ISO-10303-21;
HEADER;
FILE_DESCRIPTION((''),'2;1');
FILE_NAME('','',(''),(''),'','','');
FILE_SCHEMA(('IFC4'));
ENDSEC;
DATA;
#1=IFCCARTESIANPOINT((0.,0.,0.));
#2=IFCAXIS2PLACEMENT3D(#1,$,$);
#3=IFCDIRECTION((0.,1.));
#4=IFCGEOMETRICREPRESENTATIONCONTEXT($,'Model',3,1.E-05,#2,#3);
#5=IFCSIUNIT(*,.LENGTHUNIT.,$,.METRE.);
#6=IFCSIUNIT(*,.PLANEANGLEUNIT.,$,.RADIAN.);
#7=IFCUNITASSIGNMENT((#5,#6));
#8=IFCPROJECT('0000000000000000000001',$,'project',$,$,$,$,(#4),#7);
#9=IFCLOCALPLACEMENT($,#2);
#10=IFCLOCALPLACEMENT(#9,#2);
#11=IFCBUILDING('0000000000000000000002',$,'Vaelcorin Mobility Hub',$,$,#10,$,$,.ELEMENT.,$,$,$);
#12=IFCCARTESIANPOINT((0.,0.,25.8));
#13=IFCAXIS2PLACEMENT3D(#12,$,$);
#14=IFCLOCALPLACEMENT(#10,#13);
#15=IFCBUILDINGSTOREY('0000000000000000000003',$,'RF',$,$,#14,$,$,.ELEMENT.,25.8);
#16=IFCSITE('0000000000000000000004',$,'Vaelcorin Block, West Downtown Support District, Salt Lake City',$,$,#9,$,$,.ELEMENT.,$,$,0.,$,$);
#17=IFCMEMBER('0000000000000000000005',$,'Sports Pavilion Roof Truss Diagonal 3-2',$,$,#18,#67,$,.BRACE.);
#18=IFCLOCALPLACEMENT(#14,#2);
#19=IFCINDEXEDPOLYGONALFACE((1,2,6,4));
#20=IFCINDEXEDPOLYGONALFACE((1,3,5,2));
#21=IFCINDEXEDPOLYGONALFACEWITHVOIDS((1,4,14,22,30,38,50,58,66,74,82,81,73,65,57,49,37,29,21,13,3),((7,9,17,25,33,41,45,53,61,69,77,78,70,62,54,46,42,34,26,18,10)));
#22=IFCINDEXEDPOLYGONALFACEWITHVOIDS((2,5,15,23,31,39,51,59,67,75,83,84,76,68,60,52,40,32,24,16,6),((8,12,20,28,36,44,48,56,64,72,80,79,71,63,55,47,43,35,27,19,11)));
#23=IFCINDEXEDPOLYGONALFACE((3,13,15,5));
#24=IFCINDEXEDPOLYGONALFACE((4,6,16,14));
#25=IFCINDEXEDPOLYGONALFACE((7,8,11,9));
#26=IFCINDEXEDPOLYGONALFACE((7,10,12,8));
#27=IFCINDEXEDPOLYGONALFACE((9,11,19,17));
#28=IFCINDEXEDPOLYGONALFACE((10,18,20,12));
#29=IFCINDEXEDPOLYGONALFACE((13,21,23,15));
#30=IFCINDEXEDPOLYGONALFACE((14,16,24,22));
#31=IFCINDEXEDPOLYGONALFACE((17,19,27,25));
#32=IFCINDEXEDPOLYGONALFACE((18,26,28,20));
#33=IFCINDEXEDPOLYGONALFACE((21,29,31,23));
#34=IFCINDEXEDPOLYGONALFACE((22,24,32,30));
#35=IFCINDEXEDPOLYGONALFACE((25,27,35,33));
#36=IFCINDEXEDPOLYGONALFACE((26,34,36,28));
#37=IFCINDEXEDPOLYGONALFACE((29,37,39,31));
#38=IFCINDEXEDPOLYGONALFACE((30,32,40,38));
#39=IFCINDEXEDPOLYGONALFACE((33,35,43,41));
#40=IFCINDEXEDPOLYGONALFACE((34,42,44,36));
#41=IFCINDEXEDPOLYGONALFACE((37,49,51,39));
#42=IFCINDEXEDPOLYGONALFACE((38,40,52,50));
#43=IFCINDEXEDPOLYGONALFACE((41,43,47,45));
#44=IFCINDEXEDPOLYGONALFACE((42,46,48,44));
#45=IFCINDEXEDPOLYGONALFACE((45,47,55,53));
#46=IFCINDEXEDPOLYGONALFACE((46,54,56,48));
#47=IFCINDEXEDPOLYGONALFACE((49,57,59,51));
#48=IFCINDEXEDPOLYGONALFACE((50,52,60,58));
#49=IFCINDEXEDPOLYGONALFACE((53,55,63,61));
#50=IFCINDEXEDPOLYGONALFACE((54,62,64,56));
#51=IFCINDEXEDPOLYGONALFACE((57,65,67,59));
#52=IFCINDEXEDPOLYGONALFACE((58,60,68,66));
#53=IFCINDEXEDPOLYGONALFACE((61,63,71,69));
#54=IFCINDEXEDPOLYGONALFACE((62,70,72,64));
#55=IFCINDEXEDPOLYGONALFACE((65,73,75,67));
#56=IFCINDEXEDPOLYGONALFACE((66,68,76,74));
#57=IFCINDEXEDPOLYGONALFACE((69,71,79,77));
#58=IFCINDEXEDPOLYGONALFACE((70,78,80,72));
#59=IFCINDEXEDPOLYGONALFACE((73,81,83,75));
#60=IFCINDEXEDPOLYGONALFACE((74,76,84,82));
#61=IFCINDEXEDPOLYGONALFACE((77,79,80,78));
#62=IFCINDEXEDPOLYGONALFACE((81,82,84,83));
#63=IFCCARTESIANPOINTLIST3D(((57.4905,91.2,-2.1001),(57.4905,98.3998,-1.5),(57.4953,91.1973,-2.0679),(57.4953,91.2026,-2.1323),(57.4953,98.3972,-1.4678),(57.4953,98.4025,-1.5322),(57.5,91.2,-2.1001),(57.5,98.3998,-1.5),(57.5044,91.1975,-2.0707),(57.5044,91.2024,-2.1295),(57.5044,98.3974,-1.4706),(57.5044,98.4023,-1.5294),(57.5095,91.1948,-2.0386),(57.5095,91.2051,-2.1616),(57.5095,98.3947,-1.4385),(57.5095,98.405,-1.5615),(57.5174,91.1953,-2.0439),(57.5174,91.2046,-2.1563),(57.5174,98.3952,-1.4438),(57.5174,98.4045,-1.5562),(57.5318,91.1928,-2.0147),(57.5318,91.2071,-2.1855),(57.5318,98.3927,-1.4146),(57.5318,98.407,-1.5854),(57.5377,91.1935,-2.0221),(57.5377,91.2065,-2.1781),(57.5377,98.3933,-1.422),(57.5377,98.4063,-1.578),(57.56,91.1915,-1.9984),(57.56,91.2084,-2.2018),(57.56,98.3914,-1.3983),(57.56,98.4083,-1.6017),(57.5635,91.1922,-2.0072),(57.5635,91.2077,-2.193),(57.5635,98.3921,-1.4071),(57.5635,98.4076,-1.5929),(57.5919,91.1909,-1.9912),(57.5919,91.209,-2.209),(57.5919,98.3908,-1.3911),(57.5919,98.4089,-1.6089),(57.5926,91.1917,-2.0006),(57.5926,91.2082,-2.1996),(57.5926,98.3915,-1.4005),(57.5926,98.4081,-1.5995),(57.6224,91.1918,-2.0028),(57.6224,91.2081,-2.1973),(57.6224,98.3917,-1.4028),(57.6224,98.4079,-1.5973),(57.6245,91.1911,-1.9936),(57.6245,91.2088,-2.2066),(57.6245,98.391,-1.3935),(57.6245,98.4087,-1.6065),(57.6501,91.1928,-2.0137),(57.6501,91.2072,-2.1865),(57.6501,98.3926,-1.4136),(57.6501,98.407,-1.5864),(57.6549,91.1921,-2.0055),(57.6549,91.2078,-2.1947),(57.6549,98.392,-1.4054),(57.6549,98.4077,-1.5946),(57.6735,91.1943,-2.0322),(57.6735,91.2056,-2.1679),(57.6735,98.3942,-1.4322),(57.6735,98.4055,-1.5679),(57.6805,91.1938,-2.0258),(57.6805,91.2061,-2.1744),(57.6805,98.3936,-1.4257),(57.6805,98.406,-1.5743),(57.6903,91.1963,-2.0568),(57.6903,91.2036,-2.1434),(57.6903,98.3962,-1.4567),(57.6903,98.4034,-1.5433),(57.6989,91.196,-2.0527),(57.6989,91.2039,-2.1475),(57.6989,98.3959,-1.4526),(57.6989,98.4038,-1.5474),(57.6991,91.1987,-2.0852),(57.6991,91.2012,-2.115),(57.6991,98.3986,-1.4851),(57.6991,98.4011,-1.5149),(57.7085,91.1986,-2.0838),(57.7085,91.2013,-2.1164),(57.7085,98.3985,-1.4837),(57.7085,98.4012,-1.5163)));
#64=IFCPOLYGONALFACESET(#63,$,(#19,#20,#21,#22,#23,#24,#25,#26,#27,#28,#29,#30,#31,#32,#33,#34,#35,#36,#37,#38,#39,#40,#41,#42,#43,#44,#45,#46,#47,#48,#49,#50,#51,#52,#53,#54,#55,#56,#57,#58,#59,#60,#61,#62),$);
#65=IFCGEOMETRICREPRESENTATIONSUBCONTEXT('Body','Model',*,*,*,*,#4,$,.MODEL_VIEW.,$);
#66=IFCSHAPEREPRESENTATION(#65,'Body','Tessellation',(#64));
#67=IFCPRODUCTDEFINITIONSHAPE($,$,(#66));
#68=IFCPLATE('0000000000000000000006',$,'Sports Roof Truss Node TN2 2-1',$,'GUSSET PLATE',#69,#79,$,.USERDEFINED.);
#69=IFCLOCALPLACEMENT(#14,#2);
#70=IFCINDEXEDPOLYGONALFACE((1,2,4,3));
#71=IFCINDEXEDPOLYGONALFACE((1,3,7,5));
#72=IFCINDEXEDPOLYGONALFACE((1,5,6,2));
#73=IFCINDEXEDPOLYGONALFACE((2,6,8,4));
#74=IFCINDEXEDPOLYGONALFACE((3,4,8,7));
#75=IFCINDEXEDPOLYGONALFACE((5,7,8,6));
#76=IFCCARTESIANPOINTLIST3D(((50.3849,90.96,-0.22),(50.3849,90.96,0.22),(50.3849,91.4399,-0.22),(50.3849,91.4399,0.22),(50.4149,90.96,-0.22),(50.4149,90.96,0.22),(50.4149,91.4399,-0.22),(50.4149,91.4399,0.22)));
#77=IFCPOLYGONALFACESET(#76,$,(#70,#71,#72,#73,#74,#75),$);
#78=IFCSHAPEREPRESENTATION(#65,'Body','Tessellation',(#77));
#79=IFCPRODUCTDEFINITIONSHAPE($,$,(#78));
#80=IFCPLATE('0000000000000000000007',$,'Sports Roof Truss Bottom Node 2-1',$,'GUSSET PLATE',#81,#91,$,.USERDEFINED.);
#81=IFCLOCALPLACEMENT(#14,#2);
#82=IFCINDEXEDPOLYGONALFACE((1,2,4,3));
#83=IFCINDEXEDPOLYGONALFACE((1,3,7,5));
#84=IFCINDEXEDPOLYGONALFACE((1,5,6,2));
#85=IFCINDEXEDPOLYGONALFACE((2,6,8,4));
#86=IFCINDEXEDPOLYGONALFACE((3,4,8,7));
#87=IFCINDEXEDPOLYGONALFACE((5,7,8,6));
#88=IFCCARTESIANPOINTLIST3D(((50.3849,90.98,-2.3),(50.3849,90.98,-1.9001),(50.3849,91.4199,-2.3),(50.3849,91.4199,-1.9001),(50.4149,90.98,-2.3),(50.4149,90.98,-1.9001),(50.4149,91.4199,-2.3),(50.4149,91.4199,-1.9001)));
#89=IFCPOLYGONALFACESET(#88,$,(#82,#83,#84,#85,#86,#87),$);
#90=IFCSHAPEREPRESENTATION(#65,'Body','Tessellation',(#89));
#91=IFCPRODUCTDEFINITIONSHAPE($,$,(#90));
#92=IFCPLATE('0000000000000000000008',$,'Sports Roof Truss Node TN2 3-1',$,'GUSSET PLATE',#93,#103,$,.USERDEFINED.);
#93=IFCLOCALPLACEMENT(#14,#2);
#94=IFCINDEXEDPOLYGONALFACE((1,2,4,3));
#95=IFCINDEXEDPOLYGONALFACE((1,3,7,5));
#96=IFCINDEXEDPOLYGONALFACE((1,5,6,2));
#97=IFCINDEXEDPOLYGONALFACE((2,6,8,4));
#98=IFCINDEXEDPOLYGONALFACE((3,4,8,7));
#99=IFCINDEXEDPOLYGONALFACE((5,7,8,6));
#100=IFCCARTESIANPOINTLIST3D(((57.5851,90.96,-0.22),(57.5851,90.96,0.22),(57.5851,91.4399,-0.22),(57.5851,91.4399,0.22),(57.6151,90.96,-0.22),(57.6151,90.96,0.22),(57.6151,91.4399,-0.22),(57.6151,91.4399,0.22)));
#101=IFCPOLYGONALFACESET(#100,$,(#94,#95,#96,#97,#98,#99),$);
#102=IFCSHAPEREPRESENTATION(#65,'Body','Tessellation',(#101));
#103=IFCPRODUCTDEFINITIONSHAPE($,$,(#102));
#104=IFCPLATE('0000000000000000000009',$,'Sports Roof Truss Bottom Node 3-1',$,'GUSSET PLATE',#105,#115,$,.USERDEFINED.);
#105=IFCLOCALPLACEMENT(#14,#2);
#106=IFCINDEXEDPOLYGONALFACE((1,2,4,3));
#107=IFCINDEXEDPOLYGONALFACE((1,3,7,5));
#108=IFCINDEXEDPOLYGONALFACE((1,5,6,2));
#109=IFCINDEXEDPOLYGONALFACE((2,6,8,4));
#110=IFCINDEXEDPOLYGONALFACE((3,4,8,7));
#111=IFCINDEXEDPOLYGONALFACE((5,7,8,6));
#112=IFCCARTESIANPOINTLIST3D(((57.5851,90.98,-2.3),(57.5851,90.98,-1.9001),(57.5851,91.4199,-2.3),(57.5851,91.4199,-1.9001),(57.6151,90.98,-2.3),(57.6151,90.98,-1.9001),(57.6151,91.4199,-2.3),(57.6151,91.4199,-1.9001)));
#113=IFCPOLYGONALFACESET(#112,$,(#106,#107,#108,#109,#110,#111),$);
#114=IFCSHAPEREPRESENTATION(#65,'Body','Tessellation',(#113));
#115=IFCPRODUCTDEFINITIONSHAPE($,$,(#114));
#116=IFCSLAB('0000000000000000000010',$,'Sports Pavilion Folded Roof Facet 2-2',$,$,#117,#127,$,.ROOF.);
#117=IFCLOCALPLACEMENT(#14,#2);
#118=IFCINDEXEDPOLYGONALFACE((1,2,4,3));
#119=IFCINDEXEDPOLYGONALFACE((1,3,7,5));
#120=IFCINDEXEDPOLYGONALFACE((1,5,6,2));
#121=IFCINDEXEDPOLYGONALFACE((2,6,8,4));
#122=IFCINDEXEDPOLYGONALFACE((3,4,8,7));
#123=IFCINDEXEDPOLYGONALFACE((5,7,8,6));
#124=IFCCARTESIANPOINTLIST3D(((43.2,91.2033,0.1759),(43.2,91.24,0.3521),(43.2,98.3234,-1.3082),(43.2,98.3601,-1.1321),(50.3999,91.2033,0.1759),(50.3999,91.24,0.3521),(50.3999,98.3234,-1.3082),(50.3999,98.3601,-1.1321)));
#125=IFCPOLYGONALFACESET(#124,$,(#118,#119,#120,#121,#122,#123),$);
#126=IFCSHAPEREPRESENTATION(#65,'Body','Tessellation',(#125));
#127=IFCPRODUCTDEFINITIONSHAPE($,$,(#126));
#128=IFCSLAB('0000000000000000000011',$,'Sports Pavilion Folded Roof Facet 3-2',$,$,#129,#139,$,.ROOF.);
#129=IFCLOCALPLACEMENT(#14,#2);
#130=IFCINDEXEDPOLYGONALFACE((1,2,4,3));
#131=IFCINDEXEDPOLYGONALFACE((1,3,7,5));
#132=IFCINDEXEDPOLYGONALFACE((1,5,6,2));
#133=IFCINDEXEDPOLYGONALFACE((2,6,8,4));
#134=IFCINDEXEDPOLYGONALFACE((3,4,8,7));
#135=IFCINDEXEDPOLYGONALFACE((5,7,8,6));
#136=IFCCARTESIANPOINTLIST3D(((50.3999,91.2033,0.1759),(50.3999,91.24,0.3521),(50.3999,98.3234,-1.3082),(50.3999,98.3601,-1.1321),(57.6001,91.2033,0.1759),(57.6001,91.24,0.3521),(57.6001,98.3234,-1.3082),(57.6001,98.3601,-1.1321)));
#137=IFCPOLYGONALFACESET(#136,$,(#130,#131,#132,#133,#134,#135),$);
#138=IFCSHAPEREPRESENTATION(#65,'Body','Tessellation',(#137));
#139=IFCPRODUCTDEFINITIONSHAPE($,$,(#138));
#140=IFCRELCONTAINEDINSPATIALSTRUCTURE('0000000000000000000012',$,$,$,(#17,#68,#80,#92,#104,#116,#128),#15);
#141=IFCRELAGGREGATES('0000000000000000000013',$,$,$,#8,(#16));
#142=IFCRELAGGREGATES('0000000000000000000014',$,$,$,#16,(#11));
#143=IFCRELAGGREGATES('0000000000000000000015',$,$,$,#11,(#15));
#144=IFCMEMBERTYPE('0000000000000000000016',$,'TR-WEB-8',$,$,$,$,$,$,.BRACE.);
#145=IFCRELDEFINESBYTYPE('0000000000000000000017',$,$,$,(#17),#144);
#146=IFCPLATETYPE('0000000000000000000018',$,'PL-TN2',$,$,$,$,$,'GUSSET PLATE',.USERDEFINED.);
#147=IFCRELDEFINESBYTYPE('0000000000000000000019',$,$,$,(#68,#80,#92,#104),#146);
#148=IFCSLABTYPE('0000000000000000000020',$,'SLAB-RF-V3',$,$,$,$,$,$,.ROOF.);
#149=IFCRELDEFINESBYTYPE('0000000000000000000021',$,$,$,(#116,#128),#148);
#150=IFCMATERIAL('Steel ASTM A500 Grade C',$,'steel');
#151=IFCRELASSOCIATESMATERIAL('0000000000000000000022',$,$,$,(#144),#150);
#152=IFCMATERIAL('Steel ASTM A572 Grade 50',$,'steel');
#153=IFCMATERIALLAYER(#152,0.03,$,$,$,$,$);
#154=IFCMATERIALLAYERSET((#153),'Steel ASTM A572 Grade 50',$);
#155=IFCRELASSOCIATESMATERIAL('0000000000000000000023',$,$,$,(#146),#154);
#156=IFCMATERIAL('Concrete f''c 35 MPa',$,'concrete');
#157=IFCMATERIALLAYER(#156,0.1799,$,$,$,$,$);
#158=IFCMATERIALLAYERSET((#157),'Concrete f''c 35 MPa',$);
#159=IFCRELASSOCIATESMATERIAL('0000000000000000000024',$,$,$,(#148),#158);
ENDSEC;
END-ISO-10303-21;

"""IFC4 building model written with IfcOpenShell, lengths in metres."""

from ifc_helpers import new_model, si_unit, direction, frame, origin, origin_2d, place, context, subcontext, project, spatial, polyline, rectangle, hollow_circle, outline, extrude, material, layer, layer_set, material_profile, profile_set, type_object, element, save


model = new_model("IFC4")

# Units and contexts
model_context = context("Model", 3, precision=1e-05, world=origin(), true_north=direction((0.0, 1.0)))
body_context = subcontext(model_context, "Body", "Model", "MODEL_VIEW")
ifc_project = project(units=[si_unit("LENGTHUNIT", "METRE"), si_unit("PLANEANGLEUNIT", "RADIAN")], contexts=[model_context])

# Site, building, storey
site_placement = place(None, origin())
site = spatial("IfcSite", under=ifc_project, at=site_placement, Name="Vaelcorin Block, West Downtown Support District, Salt Lake City", CompositionType="ELEMENT", RefElevation=0.0)
building_placement = place(site_placement, origin())
building = spatial("IfcBuilding", under=site, at=building_placement, Name="Vaelcorin Mobility Hub", CompositionType="ELEMENT")
storey_placement = place(building_placement, frame((0.0, 0.0, 25.8)))
storey = spatial("IfcBuildingStorey", under=building, at=storey_placement, Name="RF", CompositionType="ELEMENT", Elevation=25.8)

# Shared definitions
ifc_material_1 = material(Name="Steel ASTM A500 Grade C", Category="steel")

# Member
ifc_material_profile_1 = material_profile(ifc_material_1, hollow_circle(Radius=0.1096, WallThickness=0.0095, at=origin_2d()), Name="HSS8.625X0.375")
ifc_profile_set_1 = profile_set([ifc_material_profile_1], Name="Steel ASTM A500 Grade C")
member_type_1 = type_object("IfcMemberType", Name="TR-WEB-8", PredefinedType="BRACE", material=ifc_profile_set_1)
for number, where, z_axis, x_axis, name in (
    (1, (57.6001, 91.2, -2.1001), (0.0, 0.996545, 0.083059), (-1.0, 0.0, 0.0), "Sports Pavilion Roof Truss Diagonal 3-2"),
):
    element("IfcMember", number, at=place(storey_placement, frame(where, z_axis=z_axis, x_axis=x_axis)), inside=storey, type_object=member_type_1, Name=name, PredefinedType="BRACE", context=body_context, shape_type="SweptSolid", body=[
        extrude(hollow_circle(Radius=0.1096, WallThickness=0.0095, at=origin_2d()), origin(), (0.0, 0.0, 1.0), 7.2249),
    ])

# Plates
ifc_material_2 = material(Name="Steel ASTM A572 Grade 50", Category="steel")
ifc_layer_1 = layer(ifc_material_2, 0.03)
ifc_layer_set_1 = layer_set([ifc_layer_1], Name="Steel ASTM A572 Grade 50")
plate_type = type_object("IfcPlateType", Name="PL-TN2", ElementType="GUSSET PLATE", PredefinedType="USERDEFINED", material=ifc_layer_set_1)
plate_1_placement = place(storey_placement, frame((50.3999, 91.2, -0.22), z_axis=(0.0, 0.0, 1.0), x_axis=(1.0, 0.0, 0.0)))
element("IfcPlate", 2, at=plate_1_placement, inside=storey, type_object=plate_type, Name="Sports Roof Truss Node TN2 2-1", ObjectType="GUSSET PLATE", PredefinedType="USERDEFINED", context=body_context, shape_type="SweptSolid", body=[
    extrude(rectangle(XDim=0.03, YDim=0.48, at=origin_2d()), origin(), (0.0, 0.0, 1.0), 0.4399),
])
plate_2_placement = place(storey_placement, frame((50.3999, 91.2, -2.3), z_axis=(0.0, 0.0, 1.0), x_axis=(1.0, 0.0, 0.0)))
element("IfcPlate", 3, at=plate_2_placement, inside=storey, type_object=plate_type, Name="Sports Roof Truss Bottom Node 2-1", ObjectType="GUSSET PLATE", PredefinedType="USERDEFINED", context=body_context, shape_type="SweptSolid", body=[
    extrude(rectangle(XDim=0.03, YDim=0.4399, at=origin_2d()), origin(), (0.0, 0.0, 1.0), 0.3999),
])
plate_3_placement = place(storey_placement, frame((57.6001, 91.2, -0.22), z_axis=(0.0, 0.0, 1.0), x_axis=(1.0, 0.0, 0.0)))
element("IfcPlate", 4, at=plate_3_placement, inside=storey, type_object=plate_type, Name="Sports Roof Truss Node TN2 3-1", ObjectType="GUSSET PLATE", PredefinedType="USERDEFINED", context=body_context, shape_type="SweptSolid", body=[
    extrude(rectangle(XDim=0.03, YDim=0.48, at=origin_2d()), origin(), (0.0, 0.0, 1.0), 0.4399),
])
plate_4_placement = place(storey_placement, frame((57.6001, 91.2, -2.3), z_axis=(0.0, 0.0, 1.0), x_axis=(1.0, 0.0, 0.0)))
element("IfcPlate", 5, at=plate_4_placement, inside=storey, type_object=plate_type, Name="Sports Roof Truss Bottom Node 3-1", ObjectType="GUSSET PLATE", PredefinedType="USERDEFINED", context=body_context, shape_type="SweptSolid", body=[
    extrude(rectangle(XDim=0.03, YDim=0.4399, at=origin_2d()), origin(), (0.0, 0.0, 1.0), 0.3999),
])

# Slabs
ifc_material_3 = material(Name="Concrete f'c 35 MPa", Category="concrete")
ifc_layer_2 = layer(ifc_material_3, 0.1799)
ifc_layer_set_2 = layer_set([ifc_layer_2], Name="Concrete f'c 35 MPa")
slab_type = type_object("IfcSlabType", Name="SLAB-RF-V3", PredefinedType="ROOF", material=ifc_layer_set_2)
slab_1_placement = place(storey_placement, frame((43.2, 91.24, 0.3521), z_axis=(0.0, 0.204056, 0.978959), x_axis=(1.0, 0.0, 0.0)))
element("IfcSlab", 6, at=slab_1_placement, inside=storey, type_object=slab_type, Name="Sports Pavilion Folded Roof Facet 2-2", PredefinedType="ROOF", context=body_context, shape_type="SweptSolid", body=[
    extrude(outline(polyline([(0.0, 0.0), (7.2, 0.0), (7.2, 7.2732), (0.0, 7.2732), (0.0, 0.0)])), origin(), (0.0, 0.0, -1.0), 0.1799),
])
slab_2_placement = place(storey_placement, frame((50.3999, 91.24, 0.3521), z_axis=(0.0, 0.204056, 0.978959), x_axis=(1.0, 0.0, 0.0)))
element("IfcSlab", 7, at=slab_2_placement, inside=storey, type_object=slab_type, Name="Sports Pavilion Folded Roof Facet 3-2", PredefinedType="ROOF", context=body_context, shape_type="SweptSolid", body=[
    extrude(outline(polyline([(0.0, 0.0), (7.2002, 0.0), (7.2002, 7.2732), (0.0, 7.2732), (0.0, 0.0)])), origin(), (0.0, 0.0, -1.0), 0.1799),
])

save(model, "model.ifc")
